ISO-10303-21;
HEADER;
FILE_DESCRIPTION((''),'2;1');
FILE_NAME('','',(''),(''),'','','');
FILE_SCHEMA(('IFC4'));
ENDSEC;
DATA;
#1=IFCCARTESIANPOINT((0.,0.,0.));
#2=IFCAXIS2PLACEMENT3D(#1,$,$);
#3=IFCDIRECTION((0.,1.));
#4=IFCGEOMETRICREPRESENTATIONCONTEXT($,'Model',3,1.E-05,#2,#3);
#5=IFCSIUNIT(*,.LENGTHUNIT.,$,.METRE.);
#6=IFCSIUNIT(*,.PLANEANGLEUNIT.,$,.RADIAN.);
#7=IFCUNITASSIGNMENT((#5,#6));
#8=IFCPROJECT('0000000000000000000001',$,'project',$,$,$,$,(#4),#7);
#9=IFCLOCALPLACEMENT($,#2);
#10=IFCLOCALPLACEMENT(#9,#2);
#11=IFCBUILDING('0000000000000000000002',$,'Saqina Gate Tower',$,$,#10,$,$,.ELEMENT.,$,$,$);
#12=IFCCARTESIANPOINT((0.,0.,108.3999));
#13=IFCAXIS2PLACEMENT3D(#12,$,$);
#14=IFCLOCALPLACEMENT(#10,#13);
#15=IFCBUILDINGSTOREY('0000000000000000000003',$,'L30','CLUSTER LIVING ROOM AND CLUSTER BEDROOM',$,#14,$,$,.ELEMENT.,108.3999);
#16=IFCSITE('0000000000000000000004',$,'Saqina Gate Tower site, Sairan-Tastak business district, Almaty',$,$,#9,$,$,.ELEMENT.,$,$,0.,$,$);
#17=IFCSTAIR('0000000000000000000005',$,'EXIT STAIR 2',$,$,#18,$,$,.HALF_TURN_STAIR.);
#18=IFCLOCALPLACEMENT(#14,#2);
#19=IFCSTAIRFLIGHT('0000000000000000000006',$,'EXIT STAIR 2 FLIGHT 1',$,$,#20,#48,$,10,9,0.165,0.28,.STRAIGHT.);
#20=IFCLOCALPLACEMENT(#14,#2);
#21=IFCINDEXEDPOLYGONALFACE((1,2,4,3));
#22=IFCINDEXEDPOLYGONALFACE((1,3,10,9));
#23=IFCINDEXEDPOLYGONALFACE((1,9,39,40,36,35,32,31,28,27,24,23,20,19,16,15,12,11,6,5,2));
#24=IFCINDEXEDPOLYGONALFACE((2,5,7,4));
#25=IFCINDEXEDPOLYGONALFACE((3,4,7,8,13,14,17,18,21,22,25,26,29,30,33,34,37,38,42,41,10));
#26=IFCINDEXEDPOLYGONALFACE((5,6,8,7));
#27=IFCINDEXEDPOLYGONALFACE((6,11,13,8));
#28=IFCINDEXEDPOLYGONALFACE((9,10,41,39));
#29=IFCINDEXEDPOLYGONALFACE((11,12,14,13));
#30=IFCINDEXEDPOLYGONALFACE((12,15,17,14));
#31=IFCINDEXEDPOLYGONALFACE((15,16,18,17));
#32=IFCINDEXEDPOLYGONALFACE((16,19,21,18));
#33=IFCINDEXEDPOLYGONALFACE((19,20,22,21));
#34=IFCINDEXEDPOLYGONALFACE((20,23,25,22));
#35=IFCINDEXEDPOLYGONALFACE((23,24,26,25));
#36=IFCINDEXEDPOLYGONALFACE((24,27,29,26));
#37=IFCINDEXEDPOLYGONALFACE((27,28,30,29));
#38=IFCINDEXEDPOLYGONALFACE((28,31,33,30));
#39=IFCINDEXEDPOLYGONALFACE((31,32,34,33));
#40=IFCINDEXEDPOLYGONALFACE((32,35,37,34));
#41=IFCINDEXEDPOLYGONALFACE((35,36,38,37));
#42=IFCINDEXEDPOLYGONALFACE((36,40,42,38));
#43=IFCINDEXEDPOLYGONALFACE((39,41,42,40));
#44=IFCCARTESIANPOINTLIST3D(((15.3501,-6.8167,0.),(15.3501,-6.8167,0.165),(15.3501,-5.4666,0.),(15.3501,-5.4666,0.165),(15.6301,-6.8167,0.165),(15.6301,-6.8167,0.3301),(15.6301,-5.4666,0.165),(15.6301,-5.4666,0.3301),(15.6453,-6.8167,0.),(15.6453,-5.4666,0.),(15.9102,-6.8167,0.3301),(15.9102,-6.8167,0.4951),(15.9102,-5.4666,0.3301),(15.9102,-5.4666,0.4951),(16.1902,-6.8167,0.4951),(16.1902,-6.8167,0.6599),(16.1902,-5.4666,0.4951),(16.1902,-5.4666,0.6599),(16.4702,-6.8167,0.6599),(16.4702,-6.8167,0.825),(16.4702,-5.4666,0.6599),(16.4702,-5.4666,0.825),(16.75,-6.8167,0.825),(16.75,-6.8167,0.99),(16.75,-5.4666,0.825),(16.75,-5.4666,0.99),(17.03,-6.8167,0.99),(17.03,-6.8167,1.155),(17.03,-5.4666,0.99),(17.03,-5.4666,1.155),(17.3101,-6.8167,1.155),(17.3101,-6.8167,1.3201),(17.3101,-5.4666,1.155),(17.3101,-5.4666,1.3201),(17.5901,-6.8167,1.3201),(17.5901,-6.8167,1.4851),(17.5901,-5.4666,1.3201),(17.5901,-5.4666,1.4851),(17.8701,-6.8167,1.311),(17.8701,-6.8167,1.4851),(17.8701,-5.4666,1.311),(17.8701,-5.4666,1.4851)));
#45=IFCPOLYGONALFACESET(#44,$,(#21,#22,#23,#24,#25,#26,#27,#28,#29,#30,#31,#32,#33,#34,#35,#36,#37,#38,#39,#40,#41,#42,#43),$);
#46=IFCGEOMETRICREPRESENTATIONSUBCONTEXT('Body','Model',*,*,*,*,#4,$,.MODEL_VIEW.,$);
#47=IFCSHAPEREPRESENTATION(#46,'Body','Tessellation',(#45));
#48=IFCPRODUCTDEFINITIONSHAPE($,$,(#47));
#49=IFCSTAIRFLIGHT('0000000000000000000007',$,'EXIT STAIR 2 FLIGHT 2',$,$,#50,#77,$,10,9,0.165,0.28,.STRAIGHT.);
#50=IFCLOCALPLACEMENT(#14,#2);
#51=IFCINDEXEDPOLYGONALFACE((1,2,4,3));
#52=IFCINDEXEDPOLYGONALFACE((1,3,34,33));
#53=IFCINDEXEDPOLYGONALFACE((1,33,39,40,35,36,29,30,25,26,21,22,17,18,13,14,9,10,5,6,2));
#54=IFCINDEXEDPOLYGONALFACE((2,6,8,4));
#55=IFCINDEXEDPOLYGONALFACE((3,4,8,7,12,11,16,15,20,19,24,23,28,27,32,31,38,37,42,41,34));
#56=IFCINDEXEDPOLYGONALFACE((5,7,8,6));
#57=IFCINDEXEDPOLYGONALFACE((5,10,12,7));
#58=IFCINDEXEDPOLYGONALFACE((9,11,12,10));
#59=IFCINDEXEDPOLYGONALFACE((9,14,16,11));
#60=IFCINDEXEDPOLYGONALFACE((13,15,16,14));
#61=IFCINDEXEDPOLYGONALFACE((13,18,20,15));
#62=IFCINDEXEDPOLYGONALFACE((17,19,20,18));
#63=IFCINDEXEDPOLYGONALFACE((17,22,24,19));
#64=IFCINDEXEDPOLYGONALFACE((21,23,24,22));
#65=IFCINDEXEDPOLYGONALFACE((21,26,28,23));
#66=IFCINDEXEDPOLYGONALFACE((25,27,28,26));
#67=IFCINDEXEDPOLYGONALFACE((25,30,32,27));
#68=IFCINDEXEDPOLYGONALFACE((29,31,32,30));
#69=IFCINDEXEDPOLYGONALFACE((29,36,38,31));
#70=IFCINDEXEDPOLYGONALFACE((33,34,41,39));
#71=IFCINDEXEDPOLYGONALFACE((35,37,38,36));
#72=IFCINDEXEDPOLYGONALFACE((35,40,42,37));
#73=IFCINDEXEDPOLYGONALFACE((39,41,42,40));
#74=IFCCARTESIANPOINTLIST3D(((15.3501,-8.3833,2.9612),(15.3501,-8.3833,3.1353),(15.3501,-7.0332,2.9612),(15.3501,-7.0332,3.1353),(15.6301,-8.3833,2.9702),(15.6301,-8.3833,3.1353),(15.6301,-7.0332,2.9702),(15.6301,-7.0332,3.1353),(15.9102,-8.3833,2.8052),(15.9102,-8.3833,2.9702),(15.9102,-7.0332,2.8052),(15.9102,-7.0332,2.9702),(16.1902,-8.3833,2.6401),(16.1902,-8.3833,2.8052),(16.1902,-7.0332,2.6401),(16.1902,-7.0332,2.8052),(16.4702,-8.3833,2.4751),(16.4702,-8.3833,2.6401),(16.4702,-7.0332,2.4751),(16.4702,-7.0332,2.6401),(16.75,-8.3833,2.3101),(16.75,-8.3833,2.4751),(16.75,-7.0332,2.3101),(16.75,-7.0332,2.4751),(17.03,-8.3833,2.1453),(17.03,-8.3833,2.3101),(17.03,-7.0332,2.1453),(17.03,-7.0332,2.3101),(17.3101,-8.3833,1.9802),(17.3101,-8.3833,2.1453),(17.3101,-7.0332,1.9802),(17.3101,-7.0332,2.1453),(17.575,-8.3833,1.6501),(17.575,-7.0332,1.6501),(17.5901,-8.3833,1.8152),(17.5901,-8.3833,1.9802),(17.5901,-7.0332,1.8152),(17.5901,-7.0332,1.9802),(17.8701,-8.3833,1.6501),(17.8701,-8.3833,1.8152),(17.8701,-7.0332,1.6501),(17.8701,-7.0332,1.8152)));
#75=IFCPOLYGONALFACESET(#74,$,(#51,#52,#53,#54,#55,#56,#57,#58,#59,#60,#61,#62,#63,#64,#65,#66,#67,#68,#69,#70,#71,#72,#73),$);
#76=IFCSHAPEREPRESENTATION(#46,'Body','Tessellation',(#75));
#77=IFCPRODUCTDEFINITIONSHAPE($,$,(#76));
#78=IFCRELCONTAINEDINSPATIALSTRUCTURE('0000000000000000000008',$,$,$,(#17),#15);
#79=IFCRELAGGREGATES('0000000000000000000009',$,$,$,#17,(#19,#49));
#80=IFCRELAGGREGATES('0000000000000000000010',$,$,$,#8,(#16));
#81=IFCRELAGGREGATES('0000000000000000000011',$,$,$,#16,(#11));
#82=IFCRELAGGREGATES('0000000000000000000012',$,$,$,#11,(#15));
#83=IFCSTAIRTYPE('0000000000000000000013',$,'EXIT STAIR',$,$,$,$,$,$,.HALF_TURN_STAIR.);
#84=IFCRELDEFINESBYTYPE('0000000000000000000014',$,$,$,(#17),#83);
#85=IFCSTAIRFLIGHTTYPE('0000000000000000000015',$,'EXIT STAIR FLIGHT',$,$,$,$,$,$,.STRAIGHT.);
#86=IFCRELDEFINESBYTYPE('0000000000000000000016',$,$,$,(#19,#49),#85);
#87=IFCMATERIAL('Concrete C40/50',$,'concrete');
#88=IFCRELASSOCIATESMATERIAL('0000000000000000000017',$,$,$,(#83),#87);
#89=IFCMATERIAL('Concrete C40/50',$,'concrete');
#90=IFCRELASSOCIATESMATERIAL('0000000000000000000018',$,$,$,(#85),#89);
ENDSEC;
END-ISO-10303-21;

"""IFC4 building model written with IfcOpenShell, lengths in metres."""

from ifc_helpers import new_model, si_unit, direction, frame, origin, place, context, subcontext, project, spatial, polyline, outline, extrude, material, type_object, element, aggregate, save


model = new_model("IFC4")

# Units and contexts
model_context = context("Model", 3, precision=1e-05, world=origin(), true_north=direction((0.0, 1.0)))
body_context = subcontext(model_context, "Body", "Model", "MODEL_VIEW")
ifc_project = project(units=[si_unit("LENGTHUNIT", "METRE"), si_unit("PLANEANGLEUNIT", "RADIAN")], contexts=[model_context])

# Site, building, storey
site_placement = place(None, origin())
site = spatial("IfcSite", under=ifc_project, at=site_placement, Name="Saqina Gate Tower site, Sairan-Tastak business district, Almaty", CompositionType="ELEMENT", RefElevation=0.0)
building_placement = place(site_placement, origin())
building = spatial("IfcBuilding", under=site, at=building_placement, Name="Saqina Gate Tower", CompositionType="ELEMENT")
storey_placement = place(building_placement, frame((0.0, 0.0, 108.3999)))
storey = spatial("IfcBuildingStorey", under=building, at=storey_placement, Name="L30", Description="CLUSTER LIVING ROOM AND CLUSTER BEDROOM", CompositionType="ELEMENT", Elevation=108.3999)

# Stair, stair flights
ifc_material_1 = material(Name="Concrete C40/50", Category="concrete")
stair_type = type_object("IfcStairType", Name="EXIT STAIR", PredefinedType="HALF_TURN_STAIR", material=ifc_material_1)
stair_placement = place(storey_placement, origin())
stair = element("IfcStair", 1, at=stair_placement, inside=storey, type_object=stair_type, Name="EXIT STAIR 2", PredefinedType="HALF_TURN_STAIR")
ifc_material_2 = material(Name="Concrete C40/50", Category="concrete")
stair_flight_type = type_object("IfcStairFlightType", Name="EXIT STAIR FLIGHT", PredefinedType="STRAIGHT", material=ifc_material_2)
stair_flight_1_placement = place(storey_placement, frame((15.3501, -6.1416, 0.0), z_axis=(0.0, 0.0, 1.0), x_axis=(1.0, 0.0, 0.0)))
stair_flight_1 = element("IfcStairFlight", 2, at=stair_flight_1_placement, type_object=stair_flight_type, Name="EXIT STAIR 2 FLIGHT 1", NumberOfRisers=10, NumberOfTreads=9, PredefinedType="STRAIGHT", RiserHeight=0.165, TreadLength=0.28, context=body_context, shape_type="SweptSolid", body=[
    extrude(outline(polyline([(0.0, 0.0), (0.0, 0.165), (0.28, 0.165), (0.28, 0.3301), (0.5601, 0.3301), (0.5601, 0.4951), (0.8401, 0.4951), (0.8401, 0.6599), (1.1201, 0.6599), (1.1201, 0.825), (1.3999, 0.825), (1.3999, 0.99), (1.6799, 0.99), (1.6799, 1.155), (1.96, 1.155), (1.96, 1.3201), (2.24, 1.3201), (2.24, 1.4851), (2.52, 1.4851), (2.52, 1.6499), (2.52, 1.311), (0.2952, 0.0), (0.0, 0.0)])), frame((0.0, 0.675, 0.0), z_axis=(0.0, -1.0, 0.0), x_axis=(1.0, 0.0, 0.0)), (0.0, 0.0, 1.0), 1.3501),
])
stair_flight_2_placement = place(storey_placement, frame((17.8701, -7.7083, 1.6501), z_axis=(0.0, 0.0, 1.0), x_axis=(-1.0, 0.0, 0.0)))
stair_flight_2 = element("IfcStairFlight", 3, at=stair_flight_2_placement, type_object=stair_flight_type, Name="EXIT STAIR 2 FLIGHT 2", NumberOfRisers=10, NumberOfTreads=9, PredefinedType="STRAIGHT", RiserHeight=0.165, TreadLength=0.28, context=body_context, shape_type="SweptSolid", body=[
    extrude(outline(polyline([(0.0, 0.0), (0.0, 0.165), (0.28, 0.165), (0.28, 0.3301), (0.5601, 0.3301), (0.5601, 0.4951), (0.8401, 0.4951), (0.8401, 0.6599), (1.1201, 0.6599), (1.1201, 0.825), (1.3999, 0.825), (1.3999, 0.99), (1.6799, 0.99), (1.6799, 1.155), (1.96, 1.155), (1.96, 1.3201), (2.24, 1.3201), (2.24, 1.4851), (2.52, 1.4851), (2.52, 1.6499), (2.52, 1.311), (0.2952, 0.0), (0.0, 0.0)])), frame((0.0, 0.675, 0.0), z_axis=(0.0, -1.0, 0.0), x_axis=(1.0, 0.0, 0.0)), (0.0, 0.0, 1.0), 1.3501),
])
aggregate(stair, [stair_flight_1, stair_flight_2])

save(model, "model.ifc")
